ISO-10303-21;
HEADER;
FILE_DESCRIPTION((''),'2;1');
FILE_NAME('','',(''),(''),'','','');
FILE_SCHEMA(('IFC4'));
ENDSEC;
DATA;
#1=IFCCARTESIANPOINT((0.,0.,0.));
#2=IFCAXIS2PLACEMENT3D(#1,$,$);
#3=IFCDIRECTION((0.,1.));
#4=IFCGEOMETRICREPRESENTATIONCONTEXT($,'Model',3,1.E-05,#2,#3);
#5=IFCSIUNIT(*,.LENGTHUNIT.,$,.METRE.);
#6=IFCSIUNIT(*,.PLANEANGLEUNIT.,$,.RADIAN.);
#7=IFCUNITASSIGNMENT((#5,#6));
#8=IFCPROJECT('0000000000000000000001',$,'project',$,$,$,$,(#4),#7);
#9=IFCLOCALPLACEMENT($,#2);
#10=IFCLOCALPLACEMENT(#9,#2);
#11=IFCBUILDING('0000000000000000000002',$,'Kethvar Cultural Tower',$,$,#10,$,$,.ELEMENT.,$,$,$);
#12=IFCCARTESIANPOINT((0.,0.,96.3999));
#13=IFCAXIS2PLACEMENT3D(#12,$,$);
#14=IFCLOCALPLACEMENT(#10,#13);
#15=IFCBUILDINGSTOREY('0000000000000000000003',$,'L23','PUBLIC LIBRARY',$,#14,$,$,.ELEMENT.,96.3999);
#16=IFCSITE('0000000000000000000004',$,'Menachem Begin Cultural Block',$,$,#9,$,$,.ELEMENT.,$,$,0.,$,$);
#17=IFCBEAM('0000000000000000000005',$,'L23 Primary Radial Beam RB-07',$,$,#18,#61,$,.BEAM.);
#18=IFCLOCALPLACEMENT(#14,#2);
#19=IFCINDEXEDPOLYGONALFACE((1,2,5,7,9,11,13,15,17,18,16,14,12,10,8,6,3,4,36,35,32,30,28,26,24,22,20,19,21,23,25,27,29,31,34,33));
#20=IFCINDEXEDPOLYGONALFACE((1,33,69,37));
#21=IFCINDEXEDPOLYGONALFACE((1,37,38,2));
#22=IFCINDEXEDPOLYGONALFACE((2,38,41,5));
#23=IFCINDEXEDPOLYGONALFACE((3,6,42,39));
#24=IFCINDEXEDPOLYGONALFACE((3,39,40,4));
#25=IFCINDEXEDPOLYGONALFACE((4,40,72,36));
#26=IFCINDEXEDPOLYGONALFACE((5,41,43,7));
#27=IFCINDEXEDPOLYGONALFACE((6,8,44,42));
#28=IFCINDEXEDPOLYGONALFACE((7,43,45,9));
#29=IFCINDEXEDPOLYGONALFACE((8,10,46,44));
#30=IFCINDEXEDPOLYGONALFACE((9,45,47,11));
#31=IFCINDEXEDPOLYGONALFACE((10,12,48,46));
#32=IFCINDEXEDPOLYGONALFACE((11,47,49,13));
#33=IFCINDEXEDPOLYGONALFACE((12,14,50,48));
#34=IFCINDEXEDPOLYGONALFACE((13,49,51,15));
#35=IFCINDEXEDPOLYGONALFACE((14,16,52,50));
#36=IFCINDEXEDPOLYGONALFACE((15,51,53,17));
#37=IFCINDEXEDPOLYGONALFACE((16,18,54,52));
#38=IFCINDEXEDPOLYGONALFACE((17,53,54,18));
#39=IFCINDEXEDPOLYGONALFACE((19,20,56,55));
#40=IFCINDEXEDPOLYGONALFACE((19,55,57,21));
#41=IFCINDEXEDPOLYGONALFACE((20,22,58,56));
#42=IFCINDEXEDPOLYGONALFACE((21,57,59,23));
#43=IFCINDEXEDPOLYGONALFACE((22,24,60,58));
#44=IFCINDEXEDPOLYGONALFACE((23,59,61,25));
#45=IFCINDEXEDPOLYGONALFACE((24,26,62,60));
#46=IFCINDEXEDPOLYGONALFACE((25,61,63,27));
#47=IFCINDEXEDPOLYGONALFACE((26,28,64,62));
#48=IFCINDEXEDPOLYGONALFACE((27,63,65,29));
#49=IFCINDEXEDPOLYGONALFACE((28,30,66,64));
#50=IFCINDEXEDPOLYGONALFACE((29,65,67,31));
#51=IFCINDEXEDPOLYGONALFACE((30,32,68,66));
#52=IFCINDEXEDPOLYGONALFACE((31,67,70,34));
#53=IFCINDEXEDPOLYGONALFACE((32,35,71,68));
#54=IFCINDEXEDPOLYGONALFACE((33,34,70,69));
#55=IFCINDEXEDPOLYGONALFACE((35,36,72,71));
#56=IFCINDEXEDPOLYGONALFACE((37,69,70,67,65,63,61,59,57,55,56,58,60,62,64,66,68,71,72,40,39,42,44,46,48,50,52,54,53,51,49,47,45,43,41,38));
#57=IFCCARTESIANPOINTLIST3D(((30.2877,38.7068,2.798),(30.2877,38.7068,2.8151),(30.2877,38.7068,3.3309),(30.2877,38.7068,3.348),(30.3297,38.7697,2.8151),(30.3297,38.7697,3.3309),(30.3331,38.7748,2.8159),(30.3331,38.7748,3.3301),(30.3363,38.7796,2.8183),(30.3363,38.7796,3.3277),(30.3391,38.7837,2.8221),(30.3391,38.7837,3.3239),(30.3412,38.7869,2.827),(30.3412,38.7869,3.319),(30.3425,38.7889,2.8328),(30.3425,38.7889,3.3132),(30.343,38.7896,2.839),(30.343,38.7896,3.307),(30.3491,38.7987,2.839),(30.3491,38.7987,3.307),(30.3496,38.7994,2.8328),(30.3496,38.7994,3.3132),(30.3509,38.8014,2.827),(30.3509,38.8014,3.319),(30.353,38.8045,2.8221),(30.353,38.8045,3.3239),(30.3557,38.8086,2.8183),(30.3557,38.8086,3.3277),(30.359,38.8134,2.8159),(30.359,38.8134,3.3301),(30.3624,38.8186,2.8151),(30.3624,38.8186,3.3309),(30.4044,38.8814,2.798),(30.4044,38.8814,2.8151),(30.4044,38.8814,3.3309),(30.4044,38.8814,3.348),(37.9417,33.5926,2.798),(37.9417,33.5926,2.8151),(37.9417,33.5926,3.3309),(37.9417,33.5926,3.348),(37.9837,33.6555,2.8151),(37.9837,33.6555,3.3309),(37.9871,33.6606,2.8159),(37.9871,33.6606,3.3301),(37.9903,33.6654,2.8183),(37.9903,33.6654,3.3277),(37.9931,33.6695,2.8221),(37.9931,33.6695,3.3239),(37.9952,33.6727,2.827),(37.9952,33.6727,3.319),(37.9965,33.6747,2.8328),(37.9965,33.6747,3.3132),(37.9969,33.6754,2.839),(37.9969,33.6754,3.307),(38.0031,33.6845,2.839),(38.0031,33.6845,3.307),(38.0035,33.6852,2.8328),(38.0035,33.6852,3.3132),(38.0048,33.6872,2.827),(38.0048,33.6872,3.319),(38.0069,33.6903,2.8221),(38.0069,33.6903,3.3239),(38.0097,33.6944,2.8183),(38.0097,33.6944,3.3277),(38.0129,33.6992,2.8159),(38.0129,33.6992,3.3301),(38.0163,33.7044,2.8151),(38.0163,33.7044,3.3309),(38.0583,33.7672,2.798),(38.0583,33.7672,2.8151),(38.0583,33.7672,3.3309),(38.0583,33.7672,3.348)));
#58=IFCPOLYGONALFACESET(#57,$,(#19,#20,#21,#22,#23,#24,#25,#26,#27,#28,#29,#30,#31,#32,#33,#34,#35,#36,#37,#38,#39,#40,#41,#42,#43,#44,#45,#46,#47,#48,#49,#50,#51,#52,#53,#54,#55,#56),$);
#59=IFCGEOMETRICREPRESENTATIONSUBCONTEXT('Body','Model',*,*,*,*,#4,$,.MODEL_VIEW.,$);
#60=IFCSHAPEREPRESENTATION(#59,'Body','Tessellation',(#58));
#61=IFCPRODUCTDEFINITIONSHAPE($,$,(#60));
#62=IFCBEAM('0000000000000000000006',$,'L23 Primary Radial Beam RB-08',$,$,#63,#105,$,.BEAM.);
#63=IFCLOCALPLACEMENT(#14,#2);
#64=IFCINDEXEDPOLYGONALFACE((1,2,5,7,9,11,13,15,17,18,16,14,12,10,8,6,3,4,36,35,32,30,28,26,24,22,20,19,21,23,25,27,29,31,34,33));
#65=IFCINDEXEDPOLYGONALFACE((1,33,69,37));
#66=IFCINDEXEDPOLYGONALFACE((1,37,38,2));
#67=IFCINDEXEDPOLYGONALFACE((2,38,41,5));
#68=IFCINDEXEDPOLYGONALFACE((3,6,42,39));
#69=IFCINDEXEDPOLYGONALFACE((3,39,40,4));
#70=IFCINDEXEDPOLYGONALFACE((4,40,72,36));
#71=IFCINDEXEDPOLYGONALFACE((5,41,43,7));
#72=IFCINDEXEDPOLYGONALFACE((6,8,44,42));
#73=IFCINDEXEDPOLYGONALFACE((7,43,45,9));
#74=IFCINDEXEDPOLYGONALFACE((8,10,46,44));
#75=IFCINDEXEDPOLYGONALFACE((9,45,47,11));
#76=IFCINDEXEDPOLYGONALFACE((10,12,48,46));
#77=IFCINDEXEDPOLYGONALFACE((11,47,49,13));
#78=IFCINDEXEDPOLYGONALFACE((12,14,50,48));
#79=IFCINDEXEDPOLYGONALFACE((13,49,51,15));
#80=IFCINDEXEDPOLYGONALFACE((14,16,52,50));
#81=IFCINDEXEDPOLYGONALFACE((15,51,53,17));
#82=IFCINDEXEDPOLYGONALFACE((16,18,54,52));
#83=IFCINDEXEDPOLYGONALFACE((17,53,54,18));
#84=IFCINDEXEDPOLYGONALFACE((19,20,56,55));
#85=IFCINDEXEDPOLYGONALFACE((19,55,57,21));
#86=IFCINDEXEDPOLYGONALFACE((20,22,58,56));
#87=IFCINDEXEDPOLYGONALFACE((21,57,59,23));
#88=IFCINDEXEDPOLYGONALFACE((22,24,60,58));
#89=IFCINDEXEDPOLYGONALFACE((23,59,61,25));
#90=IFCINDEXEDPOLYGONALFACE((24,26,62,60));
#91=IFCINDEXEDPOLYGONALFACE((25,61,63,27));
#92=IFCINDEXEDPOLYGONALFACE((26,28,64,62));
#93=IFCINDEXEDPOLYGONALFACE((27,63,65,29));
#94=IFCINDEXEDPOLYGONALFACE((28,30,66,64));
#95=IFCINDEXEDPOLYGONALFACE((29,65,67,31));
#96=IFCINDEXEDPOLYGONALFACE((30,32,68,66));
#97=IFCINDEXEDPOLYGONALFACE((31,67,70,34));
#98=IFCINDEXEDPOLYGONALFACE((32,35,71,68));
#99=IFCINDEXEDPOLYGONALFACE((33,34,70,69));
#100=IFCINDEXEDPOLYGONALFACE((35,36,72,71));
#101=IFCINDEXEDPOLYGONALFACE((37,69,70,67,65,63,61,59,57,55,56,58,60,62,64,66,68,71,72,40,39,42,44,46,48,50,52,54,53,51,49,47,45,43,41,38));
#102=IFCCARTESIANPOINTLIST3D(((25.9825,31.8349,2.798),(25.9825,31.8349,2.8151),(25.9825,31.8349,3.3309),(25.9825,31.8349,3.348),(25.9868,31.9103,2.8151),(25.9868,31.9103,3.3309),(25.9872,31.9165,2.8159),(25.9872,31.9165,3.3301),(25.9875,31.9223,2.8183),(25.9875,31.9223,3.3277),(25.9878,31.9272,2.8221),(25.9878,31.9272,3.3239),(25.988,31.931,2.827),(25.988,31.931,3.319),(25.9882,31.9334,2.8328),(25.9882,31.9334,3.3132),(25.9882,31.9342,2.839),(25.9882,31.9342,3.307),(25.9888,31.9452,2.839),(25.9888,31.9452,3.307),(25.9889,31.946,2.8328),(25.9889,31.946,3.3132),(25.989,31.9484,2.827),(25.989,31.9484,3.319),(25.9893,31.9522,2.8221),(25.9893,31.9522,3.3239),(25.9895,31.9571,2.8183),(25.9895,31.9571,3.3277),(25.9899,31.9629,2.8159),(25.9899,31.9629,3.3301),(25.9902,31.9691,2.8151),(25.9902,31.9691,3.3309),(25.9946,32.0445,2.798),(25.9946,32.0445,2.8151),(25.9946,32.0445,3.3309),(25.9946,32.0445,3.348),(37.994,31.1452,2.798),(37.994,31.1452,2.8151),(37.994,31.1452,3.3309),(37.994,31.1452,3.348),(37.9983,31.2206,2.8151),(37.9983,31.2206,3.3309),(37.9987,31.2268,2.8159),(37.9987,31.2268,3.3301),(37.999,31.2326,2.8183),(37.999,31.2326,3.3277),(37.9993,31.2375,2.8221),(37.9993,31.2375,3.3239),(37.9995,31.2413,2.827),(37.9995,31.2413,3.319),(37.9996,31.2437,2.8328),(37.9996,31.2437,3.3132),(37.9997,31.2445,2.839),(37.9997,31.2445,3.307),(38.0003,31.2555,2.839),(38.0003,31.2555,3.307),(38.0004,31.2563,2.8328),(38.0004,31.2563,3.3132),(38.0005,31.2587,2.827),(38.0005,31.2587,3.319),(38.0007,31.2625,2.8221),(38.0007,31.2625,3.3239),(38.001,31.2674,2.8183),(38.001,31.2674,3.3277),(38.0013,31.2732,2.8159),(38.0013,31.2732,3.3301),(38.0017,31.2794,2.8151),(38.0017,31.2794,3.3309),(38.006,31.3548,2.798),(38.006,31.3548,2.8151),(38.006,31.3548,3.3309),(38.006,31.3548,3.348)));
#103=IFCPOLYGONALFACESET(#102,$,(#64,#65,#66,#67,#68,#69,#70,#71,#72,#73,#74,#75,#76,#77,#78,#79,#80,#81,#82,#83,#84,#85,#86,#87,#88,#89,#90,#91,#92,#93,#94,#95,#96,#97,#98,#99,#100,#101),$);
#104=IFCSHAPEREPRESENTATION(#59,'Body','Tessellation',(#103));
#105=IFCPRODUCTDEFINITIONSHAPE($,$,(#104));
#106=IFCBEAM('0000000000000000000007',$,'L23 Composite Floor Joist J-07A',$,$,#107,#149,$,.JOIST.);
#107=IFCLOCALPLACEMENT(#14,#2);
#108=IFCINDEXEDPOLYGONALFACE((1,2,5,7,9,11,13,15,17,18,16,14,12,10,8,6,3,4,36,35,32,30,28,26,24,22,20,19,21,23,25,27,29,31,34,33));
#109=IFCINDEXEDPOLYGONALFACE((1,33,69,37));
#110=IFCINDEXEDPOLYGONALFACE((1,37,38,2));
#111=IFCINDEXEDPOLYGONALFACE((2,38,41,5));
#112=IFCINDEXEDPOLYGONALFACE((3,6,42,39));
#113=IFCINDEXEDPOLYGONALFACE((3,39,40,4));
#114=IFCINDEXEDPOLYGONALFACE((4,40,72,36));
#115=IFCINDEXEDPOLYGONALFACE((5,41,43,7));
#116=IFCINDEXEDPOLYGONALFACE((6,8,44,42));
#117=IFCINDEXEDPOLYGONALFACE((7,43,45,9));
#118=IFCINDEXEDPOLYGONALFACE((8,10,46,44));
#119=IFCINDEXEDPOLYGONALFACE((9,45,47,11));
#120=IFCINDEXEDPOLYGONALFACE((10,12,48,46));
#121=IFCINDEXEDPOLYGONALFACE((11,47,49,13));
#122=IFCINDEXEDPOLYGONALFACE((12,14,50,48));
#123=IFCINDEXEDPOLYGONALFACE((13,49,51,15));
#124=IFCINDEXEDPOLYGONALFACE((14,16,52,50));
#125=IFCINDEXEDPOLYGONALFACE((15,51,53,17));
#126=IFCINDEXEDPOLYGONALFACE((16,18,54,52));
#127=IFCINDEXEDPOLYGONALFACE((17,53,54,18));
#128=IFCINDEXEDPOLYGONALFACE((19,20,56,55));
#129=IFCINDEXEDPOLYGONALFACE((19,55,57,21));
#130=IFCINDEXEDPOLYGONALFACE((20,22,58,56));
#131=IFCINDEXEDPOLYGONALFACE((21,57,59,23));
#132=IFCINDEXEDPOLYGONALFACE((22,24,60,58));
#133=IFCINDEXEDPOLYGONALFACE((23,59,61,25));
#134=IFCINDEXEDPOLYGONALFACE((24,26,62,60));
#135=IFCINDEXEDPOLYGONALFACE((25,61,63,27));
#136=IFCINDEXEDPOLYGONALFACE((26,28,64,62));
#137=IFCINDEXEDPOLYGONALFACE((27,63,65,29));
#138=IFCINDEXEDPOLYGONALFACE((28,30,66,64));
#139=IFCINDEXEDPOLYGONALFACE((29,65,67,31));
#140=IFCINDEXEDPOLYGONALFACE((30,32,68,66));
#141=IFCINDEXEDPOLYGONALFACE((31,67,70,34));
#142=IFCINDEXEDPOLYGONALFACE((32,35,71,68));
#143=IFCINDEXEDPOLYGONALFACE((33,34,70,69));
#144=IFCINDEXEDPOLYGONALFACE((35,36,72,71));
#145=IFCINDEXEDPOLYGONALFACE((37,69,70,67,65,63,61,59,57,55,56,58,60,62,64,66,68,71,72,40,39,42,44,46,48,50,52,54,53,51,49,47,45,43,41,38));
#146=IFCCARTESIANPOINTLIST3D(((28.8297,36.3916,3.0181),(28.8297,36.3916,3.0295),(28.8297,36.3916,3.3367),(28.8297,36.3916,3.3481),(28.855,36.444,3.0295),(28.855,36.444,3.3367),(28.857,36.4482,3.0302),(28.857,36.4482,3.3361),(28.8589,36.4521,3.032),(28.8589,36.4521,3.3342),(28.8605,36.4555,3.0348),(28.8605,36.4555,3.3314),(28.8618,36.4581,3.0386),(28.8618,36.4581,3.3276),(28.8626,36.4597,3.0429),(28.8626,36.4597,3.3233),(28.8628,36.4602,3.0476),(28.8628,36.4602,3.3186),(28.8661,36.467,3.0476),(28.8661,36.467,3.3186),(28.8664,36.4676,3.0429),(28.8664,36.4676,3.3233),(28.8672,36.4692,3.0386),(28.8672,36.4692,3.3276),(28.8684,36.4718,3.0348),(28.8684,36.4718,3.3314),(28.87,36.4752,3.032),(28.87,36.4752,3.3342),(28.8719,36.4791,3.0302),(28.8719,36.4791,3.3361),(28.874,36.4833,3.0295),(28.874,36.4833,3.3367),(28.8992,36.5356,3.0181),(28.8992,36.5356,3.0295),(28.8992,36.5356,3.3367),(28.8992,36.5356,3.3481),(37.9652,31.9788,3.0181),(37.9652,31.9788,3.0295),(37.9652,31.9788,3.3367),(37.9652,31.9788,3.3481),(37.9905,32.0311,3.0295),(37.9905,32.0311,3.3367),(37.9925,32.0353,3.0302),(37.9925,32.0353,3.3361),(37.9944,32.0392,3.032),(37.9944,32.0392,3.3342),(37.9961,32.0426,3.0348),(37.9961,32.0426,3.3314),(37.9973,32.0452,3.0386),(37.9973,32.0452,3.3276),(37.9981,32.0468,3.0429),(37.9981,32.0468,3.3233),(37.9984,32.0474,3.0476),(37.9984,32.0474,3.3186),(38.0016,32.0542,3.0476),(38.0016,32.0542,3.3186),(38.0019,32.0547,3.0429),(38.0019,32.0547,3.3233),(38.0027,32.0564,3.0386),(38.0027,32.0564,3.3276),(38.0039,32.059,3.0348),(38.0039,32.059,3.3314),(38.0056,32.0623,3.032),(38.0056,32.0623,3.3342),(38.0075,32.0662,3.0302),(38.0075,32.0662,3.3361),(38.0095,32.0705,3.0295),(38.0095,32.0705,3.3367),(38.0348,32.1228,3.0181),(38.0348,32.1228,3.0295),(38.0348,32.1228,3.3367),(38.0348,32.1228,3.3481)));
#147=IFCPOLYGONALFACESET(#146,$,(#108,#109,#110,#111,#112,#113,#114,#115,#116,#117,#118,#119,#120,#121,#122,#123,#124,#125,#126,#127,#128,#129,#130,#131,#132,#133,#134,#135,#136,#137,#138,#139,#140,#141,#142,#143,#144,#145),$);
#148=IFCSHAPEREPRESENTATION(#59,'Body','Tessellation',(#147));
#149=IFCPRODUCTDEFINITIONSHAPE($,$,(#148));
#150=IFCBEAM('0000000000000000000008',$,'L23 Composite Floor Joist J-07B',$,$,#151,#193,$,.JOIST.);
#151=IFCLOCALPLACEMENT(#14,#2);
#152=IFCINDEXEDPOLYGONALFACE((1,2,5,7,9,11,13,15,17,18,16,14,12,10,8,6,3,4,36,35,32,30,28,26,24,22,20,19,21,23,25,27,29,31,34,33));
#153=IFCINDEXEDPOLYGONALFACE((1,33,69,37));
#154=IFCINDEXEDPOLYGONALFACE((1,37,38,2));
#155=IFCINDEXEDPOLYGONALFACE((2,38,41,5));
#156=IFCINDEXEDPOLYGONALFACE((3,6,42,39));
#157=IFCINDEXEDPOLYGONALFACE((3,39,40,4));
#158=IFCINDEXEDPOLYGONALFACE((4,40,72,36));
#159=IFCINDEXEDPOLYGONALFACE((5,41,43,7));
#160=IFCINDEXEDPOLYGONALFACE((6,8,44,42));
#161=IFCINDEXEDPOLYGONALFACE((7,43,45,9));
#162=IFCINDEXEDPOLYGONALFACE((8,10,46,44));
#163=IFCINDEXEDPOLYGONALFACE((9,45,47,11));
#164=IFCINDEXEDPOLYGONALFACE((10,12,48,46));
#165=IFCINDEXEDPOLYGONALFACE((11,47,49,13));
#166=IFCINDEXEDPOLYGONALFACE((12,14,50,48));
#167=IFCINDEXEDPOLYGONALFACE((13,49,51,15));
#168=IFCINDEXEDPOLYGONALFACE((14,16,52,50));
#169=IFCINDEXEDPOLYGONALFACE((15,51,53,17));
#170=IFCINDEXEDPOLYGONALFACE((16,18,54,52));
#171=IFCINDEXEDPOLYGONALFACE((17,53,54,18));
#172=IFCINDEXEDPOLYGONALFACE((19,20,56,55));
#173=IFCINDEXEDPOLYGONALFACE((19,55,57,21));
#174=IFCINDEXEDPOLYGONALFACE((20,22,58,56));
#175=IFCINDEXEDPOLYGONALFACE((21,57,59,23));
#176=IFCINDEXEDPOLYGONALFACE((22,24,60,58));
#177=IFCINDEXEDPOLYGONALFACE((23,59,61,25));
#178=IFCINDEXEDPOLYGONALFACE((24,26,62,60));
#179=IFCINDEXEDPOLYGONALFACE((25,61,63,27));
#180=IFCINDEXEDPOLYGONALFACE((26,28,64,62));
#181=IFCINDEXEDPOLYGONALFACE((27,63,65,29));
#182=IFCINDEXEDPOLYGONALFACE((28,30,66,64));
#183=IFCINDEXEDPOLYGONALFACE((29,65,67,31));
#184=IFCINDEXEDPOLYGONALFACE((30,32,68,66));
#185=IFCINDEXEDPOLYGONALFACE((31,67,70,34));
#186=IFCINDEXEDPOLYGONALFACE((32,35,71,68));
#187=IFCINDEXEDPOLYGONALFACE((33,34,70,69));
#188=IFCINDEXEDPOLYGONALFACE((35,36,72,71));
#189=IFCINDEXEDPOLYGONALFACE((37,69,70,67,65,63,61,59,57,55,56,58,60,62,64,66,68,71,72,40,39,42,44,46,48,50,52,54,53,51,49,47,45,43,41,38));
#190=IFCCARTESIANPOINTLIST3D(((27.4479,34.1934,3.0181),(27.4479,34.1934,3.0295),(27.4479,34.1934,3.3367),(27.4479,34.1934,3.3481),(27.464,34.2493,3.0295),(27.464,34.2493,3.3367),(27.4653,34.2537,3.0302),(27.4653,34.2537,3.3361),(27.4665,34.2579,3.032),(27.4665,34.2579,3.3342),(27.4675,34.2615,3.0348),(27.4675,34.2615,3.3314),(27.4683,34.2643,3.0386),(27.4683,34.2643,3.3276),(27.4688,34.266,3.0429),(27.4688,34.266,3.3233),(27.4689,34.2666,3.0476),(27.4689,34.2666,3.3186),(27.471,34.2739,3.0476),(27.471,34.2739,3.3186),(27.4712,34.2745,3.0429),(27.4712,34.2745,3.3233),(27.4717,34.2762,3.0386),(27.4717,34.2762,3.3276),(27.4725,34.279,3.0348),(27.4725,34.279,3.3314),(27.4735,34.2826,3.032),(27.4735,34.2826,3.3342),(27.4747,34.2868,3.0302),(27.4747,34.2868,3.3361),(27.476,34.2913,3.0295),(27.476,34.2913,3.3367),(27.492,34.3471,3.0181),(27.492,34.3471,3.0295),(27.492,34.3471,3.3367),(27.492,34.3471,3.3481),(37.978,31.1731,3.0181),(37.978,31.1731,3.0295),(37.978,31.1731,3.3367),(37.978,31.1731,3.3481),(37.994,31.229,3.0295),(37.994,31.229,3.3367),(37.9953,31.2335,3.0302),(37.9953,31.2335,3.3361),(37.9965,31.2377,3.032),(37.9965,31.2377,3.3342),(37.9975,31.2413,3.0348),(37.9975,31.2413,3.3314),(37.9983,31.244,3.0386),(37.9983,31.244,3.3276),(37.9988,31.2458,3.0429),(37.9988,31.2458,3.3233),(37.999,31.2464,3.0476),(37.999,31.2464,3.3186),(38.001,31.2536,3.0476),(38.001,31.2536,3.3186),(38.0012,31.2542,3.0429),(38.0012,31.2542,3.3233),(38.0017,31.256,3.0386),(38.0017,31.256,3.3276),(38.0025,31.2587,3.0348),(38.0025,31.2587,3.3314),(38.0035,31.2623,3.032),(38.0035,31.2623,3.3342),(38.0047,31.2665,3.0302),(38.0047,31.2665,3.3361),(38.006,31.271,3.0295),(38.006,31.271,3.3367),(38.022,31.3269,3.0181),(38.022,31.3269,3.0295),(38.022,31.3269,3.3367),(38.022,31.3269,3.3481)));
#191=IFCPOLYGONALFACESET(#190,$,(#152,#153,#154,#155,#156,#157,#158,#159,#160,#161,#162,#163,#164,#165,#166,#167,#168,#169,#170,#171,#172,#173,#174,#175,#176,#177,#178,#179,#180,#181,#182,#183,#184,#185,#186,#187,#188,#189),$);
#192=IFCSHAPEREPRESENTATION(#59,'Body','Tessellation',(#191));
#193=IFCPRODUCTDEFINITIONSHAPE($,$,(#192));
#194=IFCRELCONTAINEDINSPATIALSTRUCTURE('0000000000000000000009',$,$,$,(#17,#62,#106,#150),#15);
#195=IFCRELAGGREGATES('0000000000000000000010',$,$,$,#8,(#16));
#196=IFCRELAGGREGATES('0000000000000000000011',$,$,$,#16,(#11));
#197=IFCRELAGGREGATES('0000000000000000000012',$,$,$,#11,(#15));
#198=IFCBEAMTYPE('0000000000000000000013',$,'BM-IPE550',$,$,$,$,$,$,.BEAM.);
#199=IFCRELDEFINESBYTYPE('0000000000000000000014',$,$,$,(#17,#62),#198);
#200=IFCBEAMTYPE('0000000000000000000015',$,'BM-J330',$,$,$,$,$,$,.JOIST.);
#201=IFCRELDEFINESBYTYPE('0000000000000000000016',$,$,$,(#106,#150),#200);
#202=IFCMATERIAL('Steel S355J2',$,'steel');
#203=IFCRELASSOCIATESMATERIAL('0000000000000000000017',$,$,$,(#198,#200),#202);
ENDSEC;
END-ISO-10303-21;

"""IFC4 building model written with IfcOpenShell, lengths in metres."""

from ifc_helpers import new_model, si_unit, direction, frame, origin, origin_2d, place, context, subcontext, project, spatial, i_section, extrude, source, transform, mapped, material, material_profile, profile_set, type_object, element, save


model = new_model("IFC4")

# Units and contexts
model_context = context("Model", 3, precision=1e-05, world=origin(), true_north=direction((0.0, 1.0)))
body_context = subcontext(model_context, "Body", "Model", "MODEL_VIEW")
ifc_project = project(units=[si_unit("LENGTHUNIT", "METRE"), si_unit("PLANEANGLEUNIT", "RADIAN")], contexts=[model_context])

# Site, building, storey
site_placement = place(None, origin())
site = spatial("IfcSite", under=ifc_project, at=site_placement, Name="Menachem Begin Cultural Block", CompositionType="ELEMENT", RefElevation=0.0)
building_placement = place(site_placement, origin())
building = spatial("IfcBuilding", under=site, at=building_placement, Name="Kethvar Cultural Tower", CompositionType="ELEMENT")
storey_placement = place(building_placement, frame((0.0, 0.0, 96.3999)))
storey = spatial("IfcBuildingStorey", under=building, at=storey_placement, Name="L23", Description="PUBLIC LIBRARY", CompositionType="ELEMENT", Elevation=96.3999)

# Beams
ifc_material_1 = material(Name="Steel S355J2", Category="steel")
ifc_material_profile_1 = material_profile(ifc_material_1, i_section(OverallWidth=0.21, OverallDepth=0.55, WebThickness=0.011, FlangeThickness=0.0171, FilletRadius=0.0239, at=origin_2d()), Name="Steel S355J2 — IPE550")
ifc_profile_set_1 = profile_set([ifc_material_profile_1], Name="Steel S355J2 — IPE550")
beam_type_1 = type_object("IfcBeamType", Name="BM-IPE550", PredefinedType="BEAM", material=ifc_profile_set_1)
shared_shape_1 = source(origin(), body_context, "Body", "SweptSolid", [
    extrude(i_section(OverallWidth=0.21, OverallDepth=0.55, WebThickness=0.011, FlangeThickness=0.0171, FilletRadius=0.0239, at=origin_2d()), origin(), (0.0, 0.0, 1.0), 9.2053),
])
beam_1_placement = place(storey_placement, frame((38.0, 33.6799, 3.073), z_axis=(-0.83147, 0.555569, 0.0), x_axis=(-0.555569, -0.83147, 0.0)))
element("IfcBeam", 1, at=beam_1_placement, inside=storey, type_object=beam_type_1, Name="L23 Primary Radial Beam RB-07", PredefinedType="BEAM", context=body_context, shape_type="MappedRepresentation", body=[
    mapped(shared_shape_1, transform((0.0, 0.0, 0.0), scale=1.0)),
])
shared_shape_2 = source(origin(), body_context, "Body", "SweptSolid", [
    extrude(i_section(OverallWidth=0.21, OverallDepth=0.55, WebThickness=0.011, FlangeThickness=0.0171, FilletRadius=0.0239, at=origin_2d()), origin(), (0.0, 0.0, 1.0), 12.0312),
])
beam_2_placement = place(storey_placement, frame((38.0, 31.25, 3.073), z_axis=(-0.998356, 0.057325, 0.0), x_axis=(-0.057325, -0.998356, 0.0)))
element("IfcBeam", 2, at=beam_2_placement, inside=storey, type_object=beam_type_1, Name="L23 Primary Radial Beam RB-08", PredefinedType="BEAM", context=body_context, shape_type="MappedRepresentation", body=[
    mapped(shared_shape_2, transform((0.0, 0.0, 0.0), scale=1.0)),
])
ifc_material_profile_2 = material_profile(ifc_material_1, i_section(OverallWidth=0.1599, OverallDepth=0.3301, WebThickness=0.0076, FlangeThickness=0.0115, FilletRadius=0.0181, at=origin_2d()), Name="Steel S355J2 — IPE330")
ifc_profile_set_2 = profile_set([ifc_material_profile_2], Name="Steel S355J2 — IPE330")
beam_type_2 = type_object("IfcBeamType", Name="BM-J330", PredefinedType="JOIST", material=ifc_profile_set_2)
shared_shape_3 = source(origin(), body_context, "Body", "SweptSolid", [
    extrude(i_section(OverallWidth=0.1599, OverallDepth=0.3301, WebThickness=0.0076, FlangeThickness=0.0115, FilletRadius=0.0181, at=origin_2d()), origin(), (0.0, 0.0, 1.0), 10.1455),
])
beam_3_placement = place(storey_placement, frame((38.0, 32.0508, 3.1831), z_axis=(-0.900451, 0.434957, 0.0), x_axis=(-0.434957, -0.900451, 0.0)))
element("IfcBeam", 3, at=beam_3_placement, inside=storey, type_object=beam_type_2, Name="L23 Composite Floor Joist J-07A", PredefinedType="JOIST", context=body_context, shape_type="MappedRepresentation", body=[
    mapped(shared_shape_3, transform((0.0, 0.0, 0.0), scale=1.0)),
])
shared_shape_4 = source(origin(), body_context, "Body", "SweptSolid", [
    extrude(i_section(OverallWidth=0.1599, OverallDepth=0.3301, WebThickness=0.0076, FlangeThickness=0.0115, FilletRadius=0.0181, at=origin_2d()), origin(), (0.0, 0.0, 1.0), 10.9546),
])
beam_4_placement = place(storey_placement, frame((38.0, 31.25, 3.1831), z_axis=(-0.961242, 0.275707, 0.0), x_axis=(-0.275707, -0.961242, 0.0)))
element("IfcBeam", 4, at=beam_4_placement, inside=storey, type_object=beam_type_2, Name="L23 Composite Floor Joist J-07B", PredefinedType="JOIST", context=body_context, shape_type="MappedRepresentation", body=[
    mapped(shared_shape_4, transform((0.0, 0.0, 0.0), scale=1.0)),
])

save(model, "model.ifc")
